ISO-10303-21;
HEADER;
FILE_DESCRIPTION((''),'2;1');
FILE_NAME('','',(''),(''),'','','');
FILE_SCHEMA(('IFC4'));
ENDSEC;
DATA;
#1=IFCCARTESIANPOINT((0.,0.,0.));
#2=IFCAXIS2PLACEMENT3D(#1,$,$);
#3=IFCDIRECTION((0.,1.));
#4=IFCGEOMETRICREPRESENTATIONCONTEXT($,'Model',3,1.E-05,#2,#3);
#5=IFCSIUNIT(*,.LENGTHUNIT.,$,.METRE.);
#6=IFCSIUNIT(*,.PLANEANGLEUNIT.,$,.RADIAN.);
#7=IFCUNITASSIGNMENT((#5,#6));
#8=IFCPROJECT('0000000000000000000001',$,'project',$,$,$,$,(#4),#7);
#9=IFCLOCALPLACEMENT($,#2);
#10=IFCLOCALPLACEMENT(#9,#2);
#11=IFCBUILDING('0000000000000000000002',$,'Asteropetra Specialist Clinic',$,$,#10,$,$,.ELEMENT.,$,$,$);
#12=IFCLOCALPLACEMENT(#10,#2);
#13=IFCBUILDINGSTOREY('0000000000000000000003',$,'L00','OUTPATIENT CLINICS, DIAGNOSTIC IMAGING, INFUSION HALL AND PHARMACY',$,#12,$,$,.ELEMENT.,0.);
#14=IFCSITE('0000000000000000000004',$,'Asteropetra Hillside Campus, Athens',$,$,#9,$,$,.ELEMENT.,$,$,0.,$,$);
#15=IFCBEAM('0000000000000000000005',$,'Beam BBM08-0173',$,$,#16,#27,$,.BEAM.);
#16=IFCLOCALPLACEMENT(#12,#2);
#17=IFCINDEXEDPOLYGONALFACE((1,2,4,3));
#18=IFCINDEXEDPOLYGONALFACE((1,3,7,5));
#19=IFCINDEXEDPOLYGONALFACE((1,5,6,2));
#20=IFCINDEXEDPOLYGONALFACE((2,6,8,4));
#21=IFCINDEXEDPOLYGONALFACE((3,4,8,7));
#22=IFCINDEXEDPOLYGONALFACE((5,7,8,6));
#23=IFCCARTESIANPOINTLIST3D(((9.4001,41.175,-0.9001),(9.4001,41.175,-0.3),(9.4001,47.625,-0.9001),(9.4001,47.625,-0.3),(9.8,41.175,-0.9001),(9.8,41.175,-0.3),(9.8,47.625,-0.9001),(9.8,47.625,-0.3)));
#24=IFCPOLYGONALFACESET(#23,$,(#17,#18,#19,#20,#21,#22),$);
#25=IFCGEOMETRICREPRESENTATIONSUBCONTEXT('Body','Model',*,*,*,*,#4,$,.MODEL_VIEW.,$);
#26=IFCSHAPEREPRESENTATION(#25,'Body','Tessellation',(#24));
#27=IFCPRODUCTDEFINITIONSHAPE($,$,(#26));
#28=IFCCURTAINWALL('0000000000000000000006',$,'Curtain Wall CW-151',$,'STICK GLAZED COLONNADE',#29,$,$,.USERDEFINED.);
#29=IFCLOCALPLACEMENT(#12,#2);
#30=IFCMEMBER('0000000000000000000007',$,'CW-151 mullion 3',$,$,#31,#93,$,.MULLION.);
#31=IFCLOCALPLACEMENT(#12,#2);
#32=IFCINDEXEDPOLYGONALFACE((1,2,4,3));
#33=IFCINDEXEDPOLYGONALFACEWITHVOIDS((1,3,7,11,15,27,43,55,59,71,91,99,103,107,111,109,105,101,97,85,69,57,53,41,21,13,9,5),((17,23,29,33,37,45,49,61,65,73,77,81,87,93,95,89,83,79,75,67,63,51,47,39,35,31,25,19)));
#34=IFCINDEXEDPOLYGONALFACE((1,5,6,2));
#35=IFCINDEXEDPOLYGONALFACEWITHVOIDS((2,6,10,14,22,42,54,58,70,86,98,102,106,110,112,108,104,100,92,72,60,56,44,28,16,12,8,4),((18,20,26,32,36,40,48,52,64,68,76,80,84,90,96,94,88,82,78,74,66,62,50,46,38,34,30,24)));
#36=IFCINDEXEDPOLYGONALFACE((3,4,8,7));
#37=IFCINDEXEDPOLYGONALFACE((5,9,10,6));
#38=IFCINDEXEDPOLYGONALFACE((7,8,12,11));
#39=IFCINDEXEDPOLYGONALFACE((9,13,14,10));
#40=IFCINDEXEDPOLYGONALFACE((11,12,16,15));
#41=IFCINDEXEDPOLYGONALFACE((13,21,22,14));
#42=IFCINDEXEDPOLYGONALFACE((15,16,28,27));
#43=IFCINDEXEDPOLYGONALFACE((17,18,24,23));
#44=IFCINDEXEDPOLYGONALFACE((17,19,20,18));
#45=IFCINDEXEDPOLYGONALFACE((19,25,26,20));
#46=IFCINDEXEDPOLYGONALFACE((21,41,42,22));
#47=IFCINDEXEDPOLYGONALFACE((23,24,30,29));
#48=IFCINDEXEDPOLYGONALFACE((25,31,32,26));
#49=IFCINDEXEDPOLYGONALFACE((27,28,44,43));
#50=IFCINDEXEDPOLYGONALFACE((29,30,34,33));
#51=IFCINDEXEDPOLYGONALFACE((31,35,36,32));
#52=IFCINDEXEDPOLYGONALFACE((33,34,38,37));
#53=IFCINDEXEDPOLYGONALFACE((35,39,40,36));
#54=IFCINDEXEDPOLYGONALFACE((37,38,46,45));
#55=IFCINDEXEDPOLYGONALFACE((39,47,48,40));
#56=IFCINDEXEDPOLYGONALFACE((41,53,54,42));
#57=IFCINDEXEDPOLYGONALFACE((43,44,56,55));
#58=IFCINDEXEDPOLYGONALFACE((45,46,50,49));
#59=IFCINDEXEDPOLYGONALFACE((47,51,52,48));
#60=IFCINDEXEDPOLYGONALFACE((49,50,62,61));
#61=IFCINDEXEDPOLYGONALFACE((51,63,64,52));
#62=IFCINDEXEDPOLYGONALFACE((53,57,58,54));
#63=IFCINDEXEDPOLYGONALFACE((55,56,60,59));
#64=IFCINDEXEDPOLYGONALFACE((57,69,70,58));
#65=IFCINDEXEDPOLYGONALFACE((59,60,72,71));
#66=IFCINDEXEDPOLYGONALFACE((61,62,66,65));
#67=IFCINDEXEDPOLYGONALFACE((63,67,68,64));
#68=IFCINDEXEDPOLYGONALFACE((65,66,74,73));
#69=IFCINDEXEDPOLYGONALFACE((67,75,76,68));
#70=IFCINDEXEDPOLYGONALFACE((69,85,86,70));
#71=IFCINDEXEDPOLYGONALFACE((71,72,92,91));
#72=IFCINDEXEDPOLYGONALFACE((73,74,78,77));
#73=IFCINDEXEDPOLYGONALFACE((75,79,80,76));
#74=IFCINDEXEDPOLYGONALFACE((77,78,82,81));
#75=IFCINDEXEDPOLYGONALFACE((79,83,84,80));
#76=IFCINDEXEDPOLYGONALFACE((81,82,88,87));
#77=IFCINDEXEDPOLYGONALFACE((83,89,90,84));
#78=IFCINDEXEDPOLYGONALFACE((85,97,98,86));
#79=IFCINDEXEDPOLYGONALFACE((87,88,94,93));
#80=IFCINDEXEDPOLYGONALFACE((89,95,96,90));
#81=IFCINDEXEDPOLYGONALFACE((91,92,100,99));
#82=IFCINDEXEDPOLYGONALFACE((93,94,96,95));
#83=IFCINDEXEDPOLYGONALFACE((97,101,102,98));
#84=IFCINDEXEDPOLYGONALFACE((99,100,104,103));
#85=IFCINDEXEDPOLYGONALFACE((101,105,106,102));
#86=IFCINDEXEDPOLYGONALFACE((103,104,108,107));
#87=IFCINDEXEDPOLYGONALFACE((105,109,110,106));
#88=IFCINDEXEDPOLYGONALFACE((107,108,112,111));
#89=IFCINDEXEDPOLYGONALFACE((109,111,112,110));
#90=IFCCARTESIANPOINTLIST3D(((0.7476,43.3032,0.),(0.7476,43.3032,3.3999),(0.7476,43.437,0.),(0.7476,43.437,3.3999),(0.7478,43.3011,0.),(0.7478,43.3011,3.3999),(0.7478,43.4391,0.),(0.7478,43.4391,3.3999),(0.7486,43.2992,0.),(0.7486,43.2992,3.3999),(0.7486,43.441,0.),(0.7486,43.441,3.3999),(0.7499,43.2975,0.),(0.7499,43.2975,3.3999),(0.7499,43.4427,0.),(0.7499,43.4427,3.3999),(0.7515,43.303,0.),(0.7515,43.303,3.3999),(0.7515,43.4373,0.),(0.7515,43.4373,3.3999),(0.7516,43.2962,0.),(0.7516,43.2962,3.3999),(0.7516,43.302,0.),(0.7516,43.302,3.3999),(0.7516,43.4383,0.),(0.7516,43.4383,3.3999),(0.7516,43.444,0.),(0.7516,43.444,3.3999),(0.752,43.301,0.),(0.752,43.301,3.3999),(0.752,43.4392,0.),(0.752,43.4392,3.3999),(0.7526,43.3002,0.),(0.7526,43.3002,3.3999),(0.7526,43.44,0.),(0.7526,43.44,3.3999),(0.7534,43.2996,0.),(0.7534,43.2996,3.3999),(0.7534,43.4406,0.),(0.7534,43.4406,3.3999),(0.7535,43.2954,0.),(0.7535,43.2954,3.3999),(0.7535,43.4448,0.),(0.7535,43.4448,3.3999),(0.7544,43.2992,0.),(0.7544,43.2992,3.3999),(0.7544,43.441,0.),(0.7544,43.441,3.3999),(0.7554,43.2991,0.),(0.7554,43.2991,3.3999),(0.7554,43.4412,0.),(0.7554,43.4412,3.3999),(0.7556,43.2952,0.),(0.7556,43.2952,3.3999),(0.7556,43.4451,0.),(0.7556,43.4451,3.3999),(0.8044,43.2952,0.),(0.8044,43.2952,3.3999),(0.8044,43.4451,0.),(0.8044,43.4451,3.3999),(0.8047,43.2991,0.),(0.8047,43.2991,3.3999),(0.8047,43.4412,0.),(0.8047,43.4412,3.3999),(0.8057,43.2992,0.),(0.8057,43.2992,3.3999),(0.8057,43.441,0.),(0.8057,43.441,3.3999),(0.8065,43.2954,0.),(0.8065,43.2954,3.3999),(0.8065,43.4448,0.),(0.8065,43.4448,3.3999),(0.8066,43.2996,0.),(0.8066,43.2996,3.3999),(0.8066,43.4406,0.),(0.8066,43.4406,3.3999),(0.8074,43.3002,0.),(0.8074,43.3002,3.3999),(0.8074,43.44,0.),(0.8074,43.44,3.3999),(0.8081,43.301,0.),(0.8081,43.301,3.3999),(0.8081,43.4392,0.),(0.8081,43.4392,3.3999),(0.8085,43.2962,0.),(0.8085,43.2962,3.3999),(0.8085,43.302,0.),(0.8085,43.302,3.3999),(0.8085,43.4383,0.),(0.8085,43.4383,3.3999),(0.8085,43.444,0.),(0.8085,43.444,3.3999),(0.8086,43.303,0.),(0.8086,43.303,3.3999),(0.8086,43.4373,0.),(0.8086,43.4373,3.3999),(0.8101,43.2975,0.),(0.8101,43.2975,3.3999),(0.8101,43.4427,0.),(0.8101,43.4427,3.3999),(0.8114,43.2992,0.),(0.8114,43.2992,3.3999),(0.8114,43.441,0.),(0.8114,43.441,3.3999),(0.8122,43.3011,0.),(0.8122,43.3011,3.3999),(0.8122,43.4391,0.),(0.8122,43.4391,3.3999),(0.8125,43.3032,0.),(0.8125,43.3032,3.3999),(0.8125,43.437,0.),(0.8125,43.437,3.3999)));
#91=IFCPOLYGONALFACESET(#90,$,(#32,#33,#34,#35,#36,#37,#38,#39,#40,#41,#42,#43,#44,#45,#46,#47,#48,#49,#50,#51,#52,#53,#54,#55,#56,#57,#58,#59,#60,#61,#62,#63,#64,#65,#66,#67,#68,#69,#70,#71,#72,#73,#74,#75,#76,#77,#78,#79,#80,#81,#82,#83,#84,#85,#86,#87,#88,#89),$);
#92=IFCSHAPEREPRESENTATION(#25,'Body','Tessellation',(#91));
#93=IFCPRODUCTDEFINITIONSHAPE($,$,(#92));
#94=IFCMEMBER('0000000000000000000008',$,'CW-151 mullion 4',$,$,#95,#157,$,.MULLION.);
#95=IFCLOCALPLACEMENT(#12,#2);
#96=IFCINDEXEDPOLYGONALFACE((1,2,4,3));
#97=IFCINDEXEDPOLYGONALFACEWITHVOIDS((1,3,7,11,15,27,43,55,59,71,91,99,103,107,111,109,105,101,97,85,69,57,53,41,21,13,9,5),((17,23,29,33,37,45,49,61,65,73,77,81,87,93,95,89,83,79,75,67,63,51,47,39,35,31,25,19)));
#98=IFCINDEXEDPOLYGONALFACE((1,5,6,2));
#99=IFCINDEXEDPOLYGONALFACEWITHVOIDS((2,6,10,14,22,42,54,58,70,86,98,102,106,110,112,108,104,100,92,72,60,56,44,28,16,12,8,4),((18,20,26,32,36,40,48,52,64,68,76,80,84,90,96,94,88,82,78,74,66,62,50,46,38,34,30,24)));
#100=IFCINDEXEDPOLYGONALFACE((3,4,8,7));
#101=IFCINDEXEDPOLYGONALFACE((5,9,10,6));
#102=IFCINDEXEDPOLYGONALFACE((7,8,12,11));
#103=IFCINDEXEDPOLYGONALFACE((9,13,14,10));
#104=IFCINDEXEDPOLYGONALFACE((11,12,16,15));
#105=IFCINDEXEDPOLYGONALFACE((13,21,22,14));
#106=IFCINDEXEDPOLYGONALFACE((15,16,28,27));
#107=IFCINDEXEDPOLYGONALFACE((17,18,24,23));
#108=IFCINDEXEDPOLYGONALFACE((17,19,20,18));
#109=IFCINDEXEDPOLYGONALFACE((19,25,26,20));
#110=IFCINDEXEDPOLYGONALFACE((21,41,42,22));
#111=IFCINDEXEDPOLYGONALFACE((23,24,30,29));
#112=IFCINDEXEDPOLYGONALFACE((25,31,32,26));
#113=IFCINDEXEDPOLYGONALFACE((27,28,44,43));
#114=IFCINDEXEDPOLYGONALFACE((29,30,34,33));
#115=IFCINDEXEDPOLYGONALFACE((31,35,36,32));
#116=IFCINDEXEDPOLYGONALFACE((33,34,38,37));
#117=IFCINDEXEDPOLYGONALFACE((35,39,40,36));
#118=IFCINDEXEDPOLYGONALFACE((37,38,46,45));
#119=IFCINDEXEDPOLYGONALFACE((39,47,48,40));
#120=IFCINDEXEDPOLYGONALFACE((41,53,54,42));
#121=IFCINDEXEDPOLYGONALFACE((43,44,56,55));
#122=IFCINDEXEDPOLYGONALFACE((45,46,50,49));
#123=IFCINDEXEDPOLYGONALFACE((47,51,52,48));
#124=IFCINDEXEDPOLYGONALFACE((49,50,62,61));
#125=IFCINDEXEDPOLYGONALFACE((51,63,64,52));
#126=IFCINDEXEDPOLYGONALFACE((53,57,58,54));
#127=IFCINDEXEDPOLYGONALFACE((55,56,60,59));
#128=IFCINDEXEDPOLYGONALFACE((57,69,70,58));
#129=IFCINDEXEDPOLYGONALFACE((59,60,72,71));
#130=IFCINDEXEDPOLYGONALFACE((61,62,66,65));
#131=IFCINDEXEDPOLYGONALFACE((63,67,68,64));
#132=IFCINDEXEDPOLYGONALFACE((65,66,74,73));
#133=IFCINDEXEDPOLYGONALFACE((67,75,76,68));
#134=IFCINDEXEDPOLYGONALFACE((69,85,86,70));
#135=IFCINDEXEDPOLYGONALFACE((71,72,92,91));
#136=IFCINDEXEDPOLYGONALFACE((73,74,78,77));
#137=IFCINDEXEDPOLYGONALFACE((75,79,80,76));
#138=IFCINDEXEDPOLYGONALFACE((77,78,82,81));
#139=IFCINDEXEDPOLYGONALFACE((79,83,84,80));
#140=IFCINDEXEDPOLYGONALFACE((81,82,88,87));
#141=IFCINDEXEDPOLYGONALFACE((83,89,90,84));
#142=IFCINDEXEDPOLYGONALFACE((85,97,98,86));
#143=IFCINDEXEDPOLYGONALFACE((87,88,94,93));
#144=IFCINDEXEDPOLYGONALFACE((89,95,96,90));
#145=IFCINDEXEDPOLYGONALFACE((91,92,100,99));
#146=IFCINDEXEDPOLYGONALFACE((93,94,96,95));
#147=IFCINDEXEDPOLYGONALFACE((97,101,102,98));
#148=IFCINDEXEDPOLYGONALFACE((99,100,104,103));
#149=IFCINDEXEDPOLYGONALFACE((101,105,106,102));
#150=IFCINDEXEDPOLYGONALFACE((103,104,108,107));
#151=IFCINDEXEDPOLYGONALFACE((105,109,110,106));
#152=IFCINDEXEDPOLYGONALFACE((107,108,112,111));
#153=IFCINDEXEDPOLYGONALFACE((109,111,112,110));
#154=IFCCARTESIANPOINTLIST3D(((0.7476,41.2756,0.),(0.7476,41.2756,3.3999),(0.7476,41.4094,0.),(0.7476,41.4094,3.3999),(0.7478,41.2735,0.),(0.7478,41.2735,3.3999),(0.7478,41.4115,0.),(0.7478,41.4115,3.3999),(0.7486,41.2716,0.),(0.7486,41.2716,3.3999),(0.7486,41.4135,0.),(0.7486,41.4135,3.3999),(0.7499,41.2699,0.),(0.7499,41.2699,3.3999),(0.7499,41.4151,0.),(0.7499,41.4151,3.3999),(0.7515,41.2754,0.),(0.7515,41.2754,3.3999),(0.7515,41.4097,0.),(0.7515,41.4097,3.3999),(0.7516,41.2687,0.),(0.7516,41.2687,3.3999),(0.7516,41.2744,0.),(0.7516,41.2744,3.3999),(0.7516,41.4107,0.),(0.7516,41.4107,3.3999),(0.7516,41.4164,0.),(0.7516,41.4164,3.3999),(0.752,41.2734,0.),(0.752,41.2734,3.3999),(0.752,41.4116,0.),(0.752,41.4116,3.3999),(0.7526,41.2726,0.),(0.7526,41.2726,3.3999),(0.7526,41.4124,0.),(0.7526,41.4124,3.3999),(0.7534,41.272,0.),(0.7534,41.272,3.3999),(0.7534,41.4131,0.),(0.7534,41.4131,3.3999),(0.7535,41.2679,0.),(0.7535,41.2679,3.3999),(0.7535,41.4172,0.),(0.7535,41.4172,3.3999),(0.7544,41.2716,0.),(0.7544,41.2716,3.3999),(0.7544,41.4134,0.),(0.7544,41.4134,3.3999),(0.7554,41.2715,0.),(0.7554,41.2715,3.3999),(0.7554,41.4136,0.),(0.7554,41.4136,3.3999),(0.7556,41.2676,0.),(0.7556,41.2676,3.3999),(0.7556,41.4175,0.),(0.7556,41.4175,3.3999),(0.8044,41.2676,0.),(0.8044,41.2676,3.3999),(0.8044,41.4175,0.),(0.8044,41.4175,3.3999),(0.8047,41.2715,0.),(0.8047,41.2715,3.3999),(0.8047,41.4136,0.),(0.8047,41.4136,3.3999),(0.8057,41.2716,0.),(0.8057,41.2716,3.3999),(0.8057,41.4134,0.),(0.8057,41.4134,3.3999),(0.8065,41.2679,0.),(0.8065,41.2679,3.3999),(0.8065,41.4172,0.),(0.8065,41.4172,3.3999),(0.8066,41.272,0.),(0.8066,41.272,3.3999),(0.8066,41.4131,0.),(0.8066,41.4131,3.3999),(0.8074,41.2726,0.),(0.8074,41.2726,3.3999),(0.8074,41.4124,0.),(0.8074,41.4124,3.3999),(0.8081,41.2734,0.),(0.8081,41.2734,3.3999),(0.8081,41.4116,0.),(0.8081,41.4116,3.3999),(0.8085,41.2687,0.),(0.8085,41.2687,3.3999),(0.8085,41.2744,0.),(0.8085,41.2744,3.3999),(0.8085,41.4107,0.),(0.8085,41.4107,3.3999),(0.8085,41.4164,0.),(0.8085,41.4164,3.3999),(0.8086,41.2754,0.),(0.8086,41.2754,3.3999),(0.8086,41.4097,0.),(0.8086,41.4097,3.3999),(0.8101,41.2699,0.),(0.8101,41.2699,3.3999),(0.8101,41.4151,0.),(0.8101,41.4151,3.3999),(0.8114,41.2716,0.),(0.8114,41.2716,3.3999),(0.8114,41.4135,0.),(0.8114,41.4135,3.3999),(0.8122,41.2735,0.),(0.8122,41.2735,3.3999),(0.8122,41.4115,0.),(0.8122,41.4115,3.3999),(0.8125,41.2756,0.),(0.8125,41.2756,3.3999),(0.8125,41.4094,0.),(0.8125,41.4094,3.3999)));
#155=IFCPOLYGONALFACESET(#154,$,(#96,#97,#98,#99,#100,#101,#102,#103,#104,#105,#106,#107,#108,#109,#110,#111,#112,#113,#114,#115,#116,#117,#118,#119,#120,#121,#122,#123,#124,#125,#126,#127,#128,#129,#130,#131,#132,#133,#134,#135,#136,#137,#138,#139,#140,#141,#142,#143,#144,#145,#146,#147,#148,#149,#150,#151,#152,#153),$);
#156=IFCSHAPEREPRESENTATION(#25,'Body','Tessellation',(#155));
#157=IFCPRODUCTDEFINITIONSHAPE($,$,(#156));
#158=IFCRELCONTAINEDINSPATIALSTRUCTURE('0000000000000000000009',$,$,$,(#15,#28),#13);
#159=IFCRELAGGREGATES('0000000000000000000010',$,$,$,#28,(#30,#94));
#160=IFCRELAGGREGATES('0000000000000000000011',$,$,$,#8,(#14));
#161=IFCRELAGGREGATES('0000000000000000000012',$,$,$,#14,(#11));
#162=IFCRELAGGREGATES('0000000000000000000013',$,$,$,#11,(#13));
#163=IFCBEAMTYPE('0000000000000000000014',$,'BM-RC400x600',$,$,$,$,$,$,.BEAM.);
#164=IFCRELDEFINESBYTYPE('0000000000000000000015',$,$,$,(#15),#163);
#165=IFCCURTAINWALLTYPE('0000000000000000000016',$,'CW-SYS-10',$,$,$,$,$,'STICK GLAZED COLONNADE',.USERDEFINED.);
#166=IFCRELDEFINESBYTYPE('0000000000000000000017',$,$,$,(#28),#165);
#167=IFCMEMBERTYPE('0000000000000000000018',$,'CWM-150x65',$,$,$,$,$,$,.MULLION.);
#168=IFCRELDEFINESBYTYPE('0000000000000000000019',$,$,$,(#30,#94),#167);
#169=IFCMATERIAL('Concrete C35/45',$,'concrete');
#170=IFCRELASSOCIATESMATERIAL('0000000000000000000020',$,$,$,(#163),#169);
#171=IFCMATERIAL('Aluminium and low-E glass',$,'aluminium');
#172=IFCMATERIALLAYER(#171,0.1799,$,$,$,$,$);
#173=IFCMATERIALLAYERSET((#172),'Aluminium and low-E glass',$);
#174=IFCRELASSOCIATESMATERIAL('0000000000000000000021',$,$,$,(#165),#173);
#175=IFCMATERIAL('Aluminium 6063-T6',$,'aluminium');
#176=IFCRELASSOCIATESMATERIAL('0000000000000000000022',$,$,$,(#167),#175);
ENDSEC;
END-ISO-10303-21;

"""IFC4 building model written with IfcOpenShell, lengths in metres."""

from ifc_helpers import new_model, si_unit, direction, frame, origin, origin_2d, place, context, subcontext, project, spatial, rectangle, hollow_rectangle, extrude, material, layer, layer_set, material_profile, profile_set, type_object, element, aggregate, save


model = new_model("IFC4")

# Units and contexts
model_context = context("Model", 3, precision=1e-05, world=origin(), true_north=direction((0.0, 1.0)))
body_context = subcontext(model_context, "Body", "Model", "MODEL_VIEW")
ifc_project = project(units=[si_unit("LENGTHUNIT", "METRE"), si_unit("PLANEANGLEUNIT", "RADIAN")], contexts=[model_context])

# Site, building, storey
site_placement = place(None, origin())
site = spatial("IfcSite", under=ifc_project, at=site_placement, Name="Asteropetra Hillside Campus, Athens", CompositionType="ELEMENT", RefElevation=0.0)
building_placement = place(site_placement, origin())
building = spatial("IfcBuilding", under=site, at=building_placement, Name="Asteropetra Specialist Clinic", CompositionType="ELEMENT")
storey_placement = place(building_placement, origin())
storey = spatial("IfcBuildingStorey", under=building, at=storey_placement, Name="L00", Description="OUTPATIENT CLINICS, DIAGNOSTIC IMAGING, INFUSION HALL AND PHARMACY", CompositionType="ELEMENT", Elevation=0.0)

# Beam
ifc_material_1 = material(Name="Concrete C35/45", Category="concrete")
ifc_material_profile_1 = material_profile(ifc_material_1, rectangle(XDim=0.3999, YDim=0.6001, at=origin_2d()), Name="RCB 400x600")
ifc_profile_set_1 = profile_set([ifc_material_profile_1], Name="Concrete C35/45")
beam_type_1 = type_object("IfcBeamType", Name="BM-RC400x600", PredefinedType="BEAM", material=ifc_profile_set_1)
beam_1_placement = place(storey_placement, frame((9.6001, 41.175, -0.6001), z_axis=(0.0, 1.0, 0.0), x_axis=(-1.0, 0.0, 0.0)))
element("IfcBeam", 1, at=beam_1_placement, inside=storey, type_object=beam_type_1, Name="Beam BBM08-0173", PredefinedType="BEAM", context=body_context, shape_type="SweptSolid", body=[
    extrude(rectangle(XDim=0.3999, YDim=0.6001, at=origin_2d()), origin(), (0.0, 0.0, 1.0), 6.45),
])

# Curtain wall, members
ifc_material_2 = material(Name="Aluminium and low-E glass", Category="aluminium")
ifc_layer_1 = layer(ifc_material_2, 0.1799)
ifc_layer_set_1 = layer_set([ifc_layer_1], Name="Aluminium and low-E glass")
curtain_wall_type = type_object("IfcCurtainWallType", Name="CW-SYS-10", ElementType="STICK GLAZED COLONNADE", PredefinedType="USERDEFINED", material=ifc_layer_set_1)
curtain_wall_placement = place(storey_placement, origin())
curtain_wall = element("IfcCurtainWall", 2, at=curtain_wall_placement, inside=storey, type_object=curtain_wall_type, Name="Curtain Wall CW-151", ObjectType="STICK GLAZED COLONNADE", PredefinedType="USERDEFINED")
ifc_material_3 = material(Name="Aluminium 6063-T6", Category="aluminium")
ifc_material_profile_2 = material_profile(ifc_material_3, hollow_rectangle(XDim=0.0649, YDim=0.1499, WallThickness=0.0039, InnerFilletRadius=0.0039, OuterFilletRadius=0.0081, at=origin_2d()), Name="MUL 150x65x4.0")
ifc_profile_set_2 = profile_set([ifc_material_profile_2], Name="Aluminium 6063-T6")
member_type_1 = type_object("IfcMemberType", Name="CWM-150x65", PredefinedType="MULLION", material=ifc_profile_set_2)
member_1_placement = place(storey_placement, frame((0.78, 43.3701, 0.0), z_axis=(0.0, 0.0, 1.0), x_axis=(1.0, 0.0, 0.0)))
member_1 = element("IfcMember", 3, at=member_1_placement, type_object=member_type_1, Name="CW-151 mullion 3", PredefinedType="MULLION", context=body_context, shape_type="SweptSolid", body=[
    extrude(hollow_rectangle(XDim=0.0649, YDim=0.1499, WallThickness=0.0039, InnerFilletRadius=0.0039, OuterFilletRadius=0.0081, at=origin_2d()), origin(), (0.0, 0.0, 1.0), 3.3999),
])
member_2_placement = place(storey_placement, frame((0.78, 41.3425, 0.0), z_axis=(0.0, 0.0, 1.0), x_axis=(1.0, 0.0, 0.0)))
member_2 = element("IfcMember", 4, at=member_2_placement, type_object=member_type_1, Name="CW-151 mullion 4", PredefinedType="MULLION", context=body_context, shape_type="SweptSolid", body=[
    extrude(hollow_rectangle(XDim=0.0649, YDim=0.1499, WallThickness=0.0039, InnerFilletRadius=0.0039, OuterFilletRadius=0.0081, at=origin_2d()), origin(), (0.0, 0.0, 1.0), 3.3999),
])

aggregate(curtain_wall, [member_1, member_2])

save(model, "model.ifc")
